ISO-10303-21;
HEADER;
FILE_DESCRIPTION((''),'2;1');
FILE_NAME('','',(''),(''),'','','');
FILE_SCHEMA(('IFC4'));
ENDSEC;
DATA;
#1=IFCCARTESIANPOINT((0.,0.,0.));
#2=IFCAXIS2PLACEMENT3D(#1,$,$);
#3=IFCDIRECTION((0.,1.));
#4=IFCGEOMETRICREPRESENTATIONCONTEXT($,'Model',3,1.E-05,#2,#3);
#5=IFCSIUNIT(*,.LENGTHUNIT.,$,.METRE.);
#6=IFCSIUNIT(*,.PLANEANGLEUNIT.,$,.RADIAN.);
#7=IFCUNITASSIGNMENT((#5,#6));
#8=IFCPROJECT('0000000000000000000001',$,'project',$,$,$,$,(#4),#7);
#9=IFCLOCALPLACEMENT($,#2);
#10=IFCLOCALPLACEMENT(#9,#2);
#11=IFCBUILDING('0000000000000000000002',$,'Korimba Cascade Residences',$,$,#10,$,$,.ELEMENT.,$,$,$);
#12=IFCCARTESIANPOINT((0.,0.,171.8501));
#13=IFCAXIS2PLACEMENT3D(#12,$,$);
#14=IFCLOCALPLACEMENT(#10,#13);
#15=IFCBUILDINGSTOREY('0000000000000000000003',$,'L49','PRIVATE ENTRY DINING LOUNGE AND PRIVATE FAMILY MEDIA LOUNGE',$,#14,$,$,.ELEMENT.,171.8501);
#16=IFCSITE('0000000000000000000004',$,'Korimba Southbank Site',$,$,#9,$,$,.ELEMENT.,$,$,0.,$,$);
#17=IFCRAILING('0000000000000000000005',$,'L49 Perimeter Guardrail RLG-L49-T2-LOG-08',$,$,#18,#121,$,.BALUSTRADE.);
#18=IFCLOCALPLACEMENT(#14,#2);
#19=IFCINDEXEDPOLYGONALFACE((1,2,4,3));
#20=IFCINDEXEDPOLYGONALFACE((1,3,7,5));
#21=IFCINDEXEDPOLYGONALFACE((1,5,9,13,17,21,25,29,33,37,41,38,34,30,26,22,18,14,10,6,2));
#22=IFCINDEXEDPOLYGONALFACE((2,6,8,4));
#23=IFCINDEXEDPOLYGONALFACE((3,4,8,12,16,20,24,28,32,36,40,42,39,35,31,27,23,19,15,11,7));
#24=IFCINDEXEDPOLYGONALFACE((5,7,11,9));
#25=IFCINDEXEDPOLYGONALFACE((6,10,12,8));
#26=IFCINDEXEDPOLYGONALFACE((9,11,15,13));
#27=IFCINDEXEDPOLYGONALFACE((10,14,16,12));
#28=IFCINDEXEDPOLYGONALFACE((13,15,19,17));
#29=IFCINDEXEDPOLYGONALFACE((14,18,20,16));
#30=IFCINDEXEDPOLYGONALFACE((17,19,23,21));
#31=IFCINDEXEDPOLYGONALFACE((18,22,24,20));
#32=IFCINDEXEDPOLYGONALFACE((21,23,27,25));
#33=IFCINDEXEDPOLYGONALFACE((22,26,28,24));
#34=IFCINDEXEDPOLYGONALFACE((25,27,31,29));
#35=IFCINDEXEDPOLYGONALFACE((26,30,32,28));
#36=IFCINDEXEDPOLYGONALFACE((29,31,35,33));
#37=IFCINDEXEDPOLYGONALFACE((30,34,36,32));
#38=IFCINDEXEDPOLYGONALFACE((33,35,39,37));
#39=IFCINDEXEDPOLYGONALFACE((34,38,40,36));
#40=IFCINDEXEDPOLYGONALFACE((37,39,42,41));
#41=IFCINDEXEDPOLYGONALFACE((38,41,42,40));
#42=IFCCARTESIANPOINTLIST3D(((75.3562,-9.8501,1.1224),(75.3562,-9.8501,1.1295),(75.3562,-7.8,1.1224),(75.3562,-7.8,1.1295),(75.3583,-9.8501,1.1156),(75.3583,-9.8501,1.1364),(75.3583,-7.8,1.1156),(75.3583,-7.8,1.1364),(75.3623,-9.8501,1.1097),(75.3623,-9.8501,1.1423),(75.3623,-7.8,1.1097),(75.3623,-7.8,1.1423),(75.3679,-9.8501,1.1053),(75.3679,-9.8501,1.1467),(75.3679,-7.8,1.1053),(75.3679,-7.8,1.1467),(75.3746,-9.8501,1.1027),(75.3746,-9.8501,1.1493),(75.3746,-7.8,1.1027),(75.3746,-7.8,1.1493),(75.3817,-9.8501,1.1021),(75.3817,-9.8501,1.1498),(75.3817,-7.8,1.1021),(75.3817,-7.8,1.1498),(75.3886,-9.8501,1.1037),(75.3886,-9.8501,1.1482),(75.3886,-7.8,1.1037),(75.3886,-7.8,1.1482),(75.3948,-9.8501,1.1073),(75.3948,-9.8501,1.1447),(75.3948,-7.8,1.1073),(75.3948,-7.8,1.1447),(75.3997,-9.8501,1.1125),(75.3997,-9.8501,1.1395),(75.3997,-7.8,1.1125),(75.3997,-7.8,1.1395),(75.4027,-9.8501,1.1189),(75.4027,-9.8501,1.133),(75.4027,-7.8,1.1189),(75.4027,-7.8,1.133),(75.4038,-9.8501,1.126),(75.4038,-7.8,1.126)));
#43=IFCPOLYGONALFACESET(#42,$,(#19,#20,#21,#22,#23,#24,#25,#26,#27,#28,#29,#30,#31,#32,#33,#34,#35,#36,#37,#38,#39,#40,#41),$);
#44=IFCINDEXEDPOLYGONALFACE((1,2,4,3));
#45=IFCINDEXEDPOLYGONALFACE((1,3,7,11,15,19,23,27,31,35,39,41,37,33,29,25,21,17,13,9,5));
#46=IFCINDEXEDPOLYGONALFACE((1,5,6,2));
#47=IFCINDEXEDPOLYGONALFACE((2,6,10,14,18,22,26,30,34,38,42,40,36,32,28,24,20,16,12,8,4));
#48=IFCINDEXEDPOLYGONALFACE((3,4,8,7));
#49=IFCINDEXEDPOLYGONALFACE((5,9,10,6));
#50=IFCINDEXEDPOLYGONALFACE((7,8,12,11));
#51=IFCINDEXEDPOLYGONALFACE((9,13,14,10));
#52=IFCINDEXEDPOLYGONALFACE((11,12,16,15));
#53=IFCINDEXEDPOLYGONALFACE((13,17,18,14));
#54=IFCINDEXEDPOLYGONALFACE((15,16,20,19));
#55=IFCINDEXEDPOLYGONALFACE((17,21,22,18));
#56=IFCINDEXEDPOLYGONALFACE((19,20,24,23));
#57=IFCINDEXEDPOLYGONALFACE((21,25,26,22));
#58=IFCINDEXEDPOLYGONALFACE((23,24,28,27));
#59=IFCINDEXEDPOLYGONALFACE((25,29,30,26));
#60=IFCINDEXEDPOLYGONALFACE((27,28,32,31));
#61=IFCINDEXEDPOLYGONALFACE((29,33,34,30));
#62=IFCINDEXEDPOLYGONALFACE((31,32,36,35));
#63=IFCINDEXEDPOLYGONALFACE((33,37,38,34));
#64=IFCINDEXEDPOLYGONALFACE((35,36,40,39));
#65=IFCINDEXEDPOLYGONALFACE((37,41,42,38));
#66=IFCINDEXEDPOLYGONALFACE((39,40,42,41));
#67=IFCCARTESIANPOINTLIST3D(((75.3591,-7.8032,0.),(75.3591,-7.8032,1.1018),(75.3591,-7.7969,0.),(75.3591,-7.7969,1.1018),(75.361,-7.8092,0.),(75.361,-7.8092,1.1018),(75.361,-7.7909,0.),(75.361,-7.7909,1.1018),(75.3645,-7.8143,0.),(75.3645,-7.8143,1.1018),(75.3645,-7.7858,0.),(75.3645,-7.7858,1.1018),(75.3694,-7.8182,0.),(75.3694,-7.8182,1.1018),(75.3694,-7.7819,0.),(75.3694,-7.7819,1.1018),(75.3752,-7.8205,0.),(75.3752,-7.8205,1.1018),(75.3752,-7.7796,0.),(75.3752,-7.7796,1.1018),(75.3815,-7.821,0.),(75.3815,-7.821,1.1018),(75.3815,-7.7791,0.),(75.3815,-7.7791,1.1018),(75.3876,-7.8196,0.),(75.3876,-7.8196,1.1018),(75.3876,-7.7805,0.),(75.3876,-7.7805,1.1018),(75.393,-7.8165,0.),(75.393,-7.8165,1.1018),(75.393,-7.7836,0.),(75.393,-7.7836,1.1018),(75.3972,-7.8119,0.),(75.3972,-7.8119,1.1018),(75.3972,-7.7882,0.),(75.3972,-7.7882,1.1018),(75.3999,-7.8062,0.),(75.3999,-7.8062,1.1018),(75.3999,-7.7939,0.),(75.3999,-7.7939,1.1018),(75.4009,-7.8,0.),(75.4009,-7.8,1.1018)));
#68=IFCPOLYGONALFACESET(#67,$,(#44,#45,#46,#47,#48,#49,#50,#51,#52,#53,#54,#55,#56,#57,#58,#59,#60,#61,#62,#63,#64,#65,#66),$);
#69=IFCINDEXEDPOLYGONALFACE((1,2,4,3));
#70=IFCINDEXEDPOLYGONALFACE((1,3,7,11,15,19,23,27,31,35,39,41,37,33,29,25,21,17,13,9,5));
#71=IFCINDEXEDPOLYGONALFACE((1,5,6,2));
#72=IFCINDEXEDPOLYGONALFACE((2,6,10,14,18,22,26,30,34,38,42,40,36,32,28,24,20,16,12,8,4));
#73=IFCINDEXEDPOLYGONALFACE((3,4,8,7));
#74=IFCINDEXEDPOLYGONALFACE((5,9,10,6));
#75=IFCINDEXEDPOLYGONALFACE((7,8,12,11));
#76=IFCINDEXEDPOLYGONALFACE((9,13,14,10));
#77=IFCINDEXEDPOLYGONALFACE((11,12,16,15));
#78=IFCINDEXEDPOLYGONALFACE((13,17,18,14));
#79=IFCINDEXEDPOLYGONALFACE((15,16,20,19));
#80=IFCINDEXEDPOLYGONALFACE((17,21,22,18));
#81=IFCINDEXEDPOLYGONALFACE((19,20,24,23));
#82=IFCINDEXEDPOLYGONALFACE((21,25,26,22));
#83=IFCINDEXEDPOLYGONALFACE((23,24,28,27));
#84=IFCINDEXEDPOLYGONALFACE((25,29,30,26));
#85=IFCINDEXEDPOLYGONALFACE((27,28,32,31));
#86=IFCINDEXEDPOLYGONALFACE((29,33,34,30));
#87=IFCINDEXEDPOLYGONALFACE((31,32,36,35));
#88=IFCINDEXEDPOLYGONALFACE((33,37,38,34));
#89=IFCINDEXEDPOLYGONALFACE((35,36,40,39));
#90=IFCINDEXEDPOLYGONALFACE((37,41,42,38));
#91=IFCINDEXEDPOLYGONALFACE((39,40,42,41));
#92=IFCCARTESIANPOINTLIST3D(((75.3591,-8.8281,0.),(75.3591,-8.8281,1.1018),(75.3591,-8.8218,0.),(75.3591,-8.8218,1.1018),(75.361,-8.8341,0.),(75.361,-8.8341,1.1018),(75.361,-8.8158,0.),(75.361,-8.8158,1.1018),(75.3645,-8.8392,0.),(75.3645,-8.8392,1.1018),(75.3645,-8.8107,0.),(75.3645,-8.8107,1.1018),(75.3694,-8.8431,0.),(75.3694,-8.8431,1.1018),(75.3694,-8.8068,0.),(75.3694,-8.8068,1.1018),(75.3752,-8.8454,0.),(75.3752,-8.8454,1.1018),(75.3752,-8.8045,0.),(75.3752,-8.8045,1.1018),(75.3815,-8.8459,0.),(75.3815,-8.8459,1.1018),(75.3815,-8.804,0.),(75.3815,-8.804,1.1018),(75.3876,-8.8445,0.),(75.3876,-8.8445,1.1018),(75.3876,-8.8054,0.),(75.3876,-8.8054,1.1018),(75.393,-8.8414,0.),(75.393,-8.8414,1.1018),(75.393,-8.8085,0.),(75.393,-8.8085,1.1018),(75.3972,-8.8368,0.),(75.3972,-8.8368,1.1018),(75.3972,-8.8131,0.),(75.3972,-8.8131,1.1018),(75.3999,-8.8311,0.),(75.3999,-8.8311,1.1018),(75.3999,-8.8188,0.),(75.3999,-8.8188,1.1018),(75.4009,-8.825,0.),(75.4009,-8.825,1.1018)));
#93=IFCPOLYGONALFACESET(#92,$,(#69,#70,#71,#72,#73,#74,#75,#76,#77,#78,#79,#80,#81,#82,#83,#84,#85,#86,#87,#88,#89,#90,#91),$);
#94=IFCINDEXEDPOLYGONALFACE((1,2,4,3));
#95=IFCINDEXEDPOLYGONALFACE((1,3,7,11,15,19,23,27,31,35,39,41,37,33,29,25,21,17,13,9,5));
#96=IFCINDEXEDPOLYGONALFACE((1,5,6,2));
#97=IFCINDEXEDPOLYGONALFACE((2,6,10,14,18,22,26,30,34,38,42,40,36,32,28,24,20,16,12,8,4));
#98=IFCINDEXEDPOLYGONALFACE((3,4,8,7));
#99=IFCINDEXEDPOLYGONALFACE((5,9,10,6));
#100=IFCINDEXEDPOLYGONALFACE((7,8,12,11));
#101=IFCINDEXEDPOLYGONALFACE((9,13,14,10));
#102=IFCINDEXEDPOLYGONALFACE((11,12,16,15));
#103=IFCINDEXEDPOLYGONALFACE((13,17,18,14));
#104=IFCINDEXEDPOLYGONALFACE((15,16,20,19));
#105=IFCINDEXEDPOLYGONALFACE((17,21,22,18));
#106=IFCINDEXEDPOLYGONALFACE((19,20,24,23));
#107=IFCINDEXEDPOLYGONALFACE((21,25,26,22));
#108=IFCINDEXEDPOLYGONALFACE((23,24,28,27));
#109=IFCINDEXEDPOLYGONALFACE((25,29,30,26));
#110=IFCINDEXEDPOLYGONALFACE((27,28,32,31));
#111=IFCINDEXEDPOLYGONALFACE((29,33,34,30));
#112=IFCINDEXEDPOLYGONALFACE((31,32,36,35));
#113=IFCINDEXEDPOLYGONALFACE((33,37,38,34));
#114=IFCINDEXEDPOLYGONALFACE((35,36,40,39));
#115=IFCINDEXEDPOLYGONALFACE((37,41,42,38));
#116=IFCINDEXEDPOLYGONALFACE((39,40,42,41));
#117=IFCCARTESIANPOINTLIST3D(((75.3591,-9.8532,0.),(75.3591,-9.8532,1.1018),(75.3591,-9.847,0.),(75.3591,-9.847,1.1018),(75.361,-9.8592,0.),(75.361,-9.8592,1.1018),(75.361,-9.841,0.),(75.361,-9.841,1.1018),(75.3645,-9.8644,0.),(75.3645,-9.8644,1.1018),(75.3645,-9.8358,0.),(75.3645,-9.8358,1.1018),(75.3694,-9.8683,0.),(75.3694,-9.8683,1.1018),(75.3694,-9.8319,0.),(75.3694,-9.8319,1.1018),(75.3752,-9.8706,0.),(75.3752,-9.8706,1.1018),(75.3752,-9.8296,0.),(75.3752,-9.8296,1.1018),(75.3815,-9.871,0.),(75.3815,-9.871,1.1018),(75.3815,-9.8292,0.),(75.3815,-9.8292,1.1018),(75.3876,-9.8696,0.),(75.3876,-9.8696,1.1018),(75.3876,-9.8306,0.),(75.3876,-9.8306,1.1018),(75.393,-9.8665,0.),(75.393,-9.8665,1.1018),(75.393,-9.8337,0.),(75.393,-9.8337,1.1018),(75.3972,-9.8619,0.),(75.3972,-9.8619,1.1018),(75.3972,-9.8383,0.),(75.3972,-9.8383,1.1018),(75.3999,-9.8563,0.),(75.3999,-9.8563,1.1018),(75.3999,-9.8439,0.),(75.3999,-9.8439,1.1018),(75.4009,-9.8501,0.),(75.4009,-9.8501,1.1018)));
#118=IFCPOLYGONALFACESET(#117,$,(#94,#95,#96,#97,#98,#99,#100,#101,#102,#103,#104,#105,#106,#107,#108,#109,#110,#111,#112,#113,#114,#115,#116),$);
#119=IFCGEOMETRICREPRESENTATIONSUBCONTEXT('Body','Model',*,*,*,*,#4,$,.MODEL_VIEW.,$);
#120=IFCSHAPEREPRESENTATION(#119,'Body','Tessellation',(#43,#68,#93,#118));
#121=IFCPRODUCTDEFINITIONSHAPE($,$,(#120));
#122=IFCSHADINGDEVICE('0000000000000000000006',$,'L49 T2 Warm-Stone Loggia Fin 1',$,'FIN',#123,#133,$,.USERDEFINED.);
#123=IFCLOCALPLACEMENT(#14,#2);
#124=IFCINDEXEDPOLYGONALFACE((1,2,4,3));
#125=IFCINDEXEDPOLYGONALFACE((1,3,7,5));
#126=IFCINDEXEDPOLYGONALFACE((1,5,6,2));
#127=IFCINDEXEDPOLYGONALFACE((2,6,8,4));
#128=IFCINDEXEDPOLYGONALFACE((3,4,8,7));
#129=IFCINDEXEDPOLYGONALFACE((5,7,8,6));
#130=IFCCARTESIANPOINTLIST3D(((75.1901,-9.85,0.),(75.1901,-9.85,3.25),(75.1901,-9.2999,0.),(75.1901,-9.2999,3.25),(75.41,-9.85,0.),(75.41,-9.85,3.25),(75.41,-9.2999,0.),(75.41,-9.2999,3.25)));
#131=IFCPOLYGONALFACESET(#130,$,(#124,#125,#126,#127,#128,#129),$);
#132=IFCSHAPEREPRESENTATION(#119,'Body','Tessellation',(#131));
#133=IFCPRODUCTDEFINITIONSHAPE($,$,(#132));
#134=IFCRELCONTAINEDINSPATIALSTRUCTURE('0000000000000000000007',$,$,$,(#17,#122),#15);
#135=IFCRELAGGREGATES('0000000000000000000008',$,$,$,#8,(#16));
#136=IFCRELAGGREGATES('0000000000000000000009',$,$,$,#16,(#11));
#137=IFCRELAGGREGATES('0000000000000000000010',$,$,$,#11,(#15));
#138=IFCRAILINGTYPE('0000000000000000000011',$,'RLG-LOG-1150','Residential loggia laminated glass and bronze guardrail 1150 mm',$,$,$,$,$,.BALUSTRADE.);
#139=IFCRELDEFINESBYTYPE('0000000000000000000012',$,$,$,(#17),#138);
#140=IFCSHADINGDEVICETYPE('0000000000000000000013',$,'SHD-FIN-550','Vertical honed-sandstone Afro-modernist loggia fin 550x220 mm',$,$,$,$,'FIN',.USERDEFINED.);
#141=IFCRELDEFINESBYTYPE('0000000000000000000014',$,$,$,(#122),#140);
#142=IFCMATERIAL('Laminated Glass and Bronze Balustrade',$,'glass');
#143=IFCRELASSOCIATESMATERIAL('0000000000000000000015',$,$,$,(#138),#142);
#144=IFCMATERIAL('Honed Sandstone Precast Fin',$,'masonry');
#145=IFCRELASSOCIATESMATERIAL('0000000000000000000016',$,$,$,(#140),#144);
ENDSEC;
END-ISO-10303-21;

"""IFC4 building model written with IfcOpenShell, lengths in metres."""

from ifc_helpers import new_model, si_unit, direction, frame, origin, origin_2d, place, context, subcontext, project, spatial, rectangle, circle, extrude, material, type_object, element, save


model = new_model("IFC4")

# Units and contexts
model_context = context("Model", 3, precision=1e-05, world=origin(), true_north=direction((0.0, 1.0)))
body_context = subcontext(model_context, "Body", "Model", "MODEL_VIEW")
ifc_project = project(units=[si_unit("LENGTHUNIT", "METRE"), si_unit("PLANEANGLEUNIT", "RADIAN")], contexts=[model_context])

# Site, building, storey
site_placement = place(None, origin())
site = spatial("IfcSite", under=ifc_project, at=site_placement, Name="Korimba Southbank Site", CompositionType="ELEMENT", RefElevation=0.0)
building_placement = place(site_placement, origin())
building = spatial("IfcBuilding", under=site, at=building_placement, Name="Korimba Cascade Residences", CompositionType="ELEMENT")
storey_placement = place(building_placement, frame((0.0, 0.0, 171.8501)))
storey = spatial("IfcBuildingStorey", under=building, at=storey_placement, Name="L49", Description="PRIVATE ENTRY DINING LOUNGE AND PRIVATE FAMILY MEDIA LOUNGE", CompositionType="ELEMENT", Elevation=171.8501)

# Railing
ifc_material_1 = material(Name="Laminated Glass and Bronze Balustrade", Category="glass")
railing_type = type_object("IfcRailingType", Name="RLG-LOG-1150", Description="Residential loggia laminated glass and bronze guardrail 1150 mm", PredefinedType="BALUSTRADE", material=ifc_material_1)
railing_1_placement = place(storey_placement, frame((75.3799, -7.8, 0.0)))
element("IfcRailing", 1, at=railing_1_placement, inside=storey, type_object=railing_type, Name="L49 Perimeter Guardrail RLG-L49-T2-LOG-08", PredefinedType="BALUSTRADE", context=body_context, shape_type="SweptSolid", body=[
    extrude(circle(Radius=0.0239, at=origin_2d()), frame((0.0, 0.0, 1.126), z_axis=(0.0, -1.0, 0.0), x_axis=(1.0, 0.0, 0.0)), (0.0, 0.0, 1.0), 2.05),
    extrude(circle(Radius=0.021, at=origin_2d()), origin(), (0.0, 0.0, 1.0), 1.1018),
    extrude(circle(Radius=0.021, at=origin_2d()), frame((0.0, -1.0249, 0.0)), (0.0, 0.0, 1.0), 1.1018),
    extrude(circle(Radius=0.021, at=origin_2d()), frame((0.0, -2.05, 0.0)), (0.0, 0.0, 1.0), 1.1018),
])

# Shading device
ifc_material_2 = material(Name="Honed Sandstone Precast Fin", Category="masonry")
shading_device_type = type_object("IfcShadingDeviceType", Name="SHD-FIN-550", Description="Vertical honed-sandstone Afro-modernist loggia fin 550x220 mm", ElementType="FIN", PredefinedType="USERDEFINED", material=ifc_material_2)
shading_device_placement = place(storey_placement, frame((75.3, -9.575, 0.0), z_axis=(0.0, 0.0, 1.0), x_axis=(1.0, 0.0, 0.0)))
element("IfcShadingDevice", 2, at=shading_device_placement, inside=storey, type_object=shading_device_type, Name="L49 T2 Warm-Stone Loggia Fin 1", ObjectType="FIN", PredefinedType="USERDEFINED", context=body_context, shape_type="SweptSolid", body=[
    extrude(rectangle(XDim=0.22, YDim=0.55, at=origin_2d()), origin(), (0.0, 0.0, 1.0), 3.25),
])

save(model, "model.ifc")
